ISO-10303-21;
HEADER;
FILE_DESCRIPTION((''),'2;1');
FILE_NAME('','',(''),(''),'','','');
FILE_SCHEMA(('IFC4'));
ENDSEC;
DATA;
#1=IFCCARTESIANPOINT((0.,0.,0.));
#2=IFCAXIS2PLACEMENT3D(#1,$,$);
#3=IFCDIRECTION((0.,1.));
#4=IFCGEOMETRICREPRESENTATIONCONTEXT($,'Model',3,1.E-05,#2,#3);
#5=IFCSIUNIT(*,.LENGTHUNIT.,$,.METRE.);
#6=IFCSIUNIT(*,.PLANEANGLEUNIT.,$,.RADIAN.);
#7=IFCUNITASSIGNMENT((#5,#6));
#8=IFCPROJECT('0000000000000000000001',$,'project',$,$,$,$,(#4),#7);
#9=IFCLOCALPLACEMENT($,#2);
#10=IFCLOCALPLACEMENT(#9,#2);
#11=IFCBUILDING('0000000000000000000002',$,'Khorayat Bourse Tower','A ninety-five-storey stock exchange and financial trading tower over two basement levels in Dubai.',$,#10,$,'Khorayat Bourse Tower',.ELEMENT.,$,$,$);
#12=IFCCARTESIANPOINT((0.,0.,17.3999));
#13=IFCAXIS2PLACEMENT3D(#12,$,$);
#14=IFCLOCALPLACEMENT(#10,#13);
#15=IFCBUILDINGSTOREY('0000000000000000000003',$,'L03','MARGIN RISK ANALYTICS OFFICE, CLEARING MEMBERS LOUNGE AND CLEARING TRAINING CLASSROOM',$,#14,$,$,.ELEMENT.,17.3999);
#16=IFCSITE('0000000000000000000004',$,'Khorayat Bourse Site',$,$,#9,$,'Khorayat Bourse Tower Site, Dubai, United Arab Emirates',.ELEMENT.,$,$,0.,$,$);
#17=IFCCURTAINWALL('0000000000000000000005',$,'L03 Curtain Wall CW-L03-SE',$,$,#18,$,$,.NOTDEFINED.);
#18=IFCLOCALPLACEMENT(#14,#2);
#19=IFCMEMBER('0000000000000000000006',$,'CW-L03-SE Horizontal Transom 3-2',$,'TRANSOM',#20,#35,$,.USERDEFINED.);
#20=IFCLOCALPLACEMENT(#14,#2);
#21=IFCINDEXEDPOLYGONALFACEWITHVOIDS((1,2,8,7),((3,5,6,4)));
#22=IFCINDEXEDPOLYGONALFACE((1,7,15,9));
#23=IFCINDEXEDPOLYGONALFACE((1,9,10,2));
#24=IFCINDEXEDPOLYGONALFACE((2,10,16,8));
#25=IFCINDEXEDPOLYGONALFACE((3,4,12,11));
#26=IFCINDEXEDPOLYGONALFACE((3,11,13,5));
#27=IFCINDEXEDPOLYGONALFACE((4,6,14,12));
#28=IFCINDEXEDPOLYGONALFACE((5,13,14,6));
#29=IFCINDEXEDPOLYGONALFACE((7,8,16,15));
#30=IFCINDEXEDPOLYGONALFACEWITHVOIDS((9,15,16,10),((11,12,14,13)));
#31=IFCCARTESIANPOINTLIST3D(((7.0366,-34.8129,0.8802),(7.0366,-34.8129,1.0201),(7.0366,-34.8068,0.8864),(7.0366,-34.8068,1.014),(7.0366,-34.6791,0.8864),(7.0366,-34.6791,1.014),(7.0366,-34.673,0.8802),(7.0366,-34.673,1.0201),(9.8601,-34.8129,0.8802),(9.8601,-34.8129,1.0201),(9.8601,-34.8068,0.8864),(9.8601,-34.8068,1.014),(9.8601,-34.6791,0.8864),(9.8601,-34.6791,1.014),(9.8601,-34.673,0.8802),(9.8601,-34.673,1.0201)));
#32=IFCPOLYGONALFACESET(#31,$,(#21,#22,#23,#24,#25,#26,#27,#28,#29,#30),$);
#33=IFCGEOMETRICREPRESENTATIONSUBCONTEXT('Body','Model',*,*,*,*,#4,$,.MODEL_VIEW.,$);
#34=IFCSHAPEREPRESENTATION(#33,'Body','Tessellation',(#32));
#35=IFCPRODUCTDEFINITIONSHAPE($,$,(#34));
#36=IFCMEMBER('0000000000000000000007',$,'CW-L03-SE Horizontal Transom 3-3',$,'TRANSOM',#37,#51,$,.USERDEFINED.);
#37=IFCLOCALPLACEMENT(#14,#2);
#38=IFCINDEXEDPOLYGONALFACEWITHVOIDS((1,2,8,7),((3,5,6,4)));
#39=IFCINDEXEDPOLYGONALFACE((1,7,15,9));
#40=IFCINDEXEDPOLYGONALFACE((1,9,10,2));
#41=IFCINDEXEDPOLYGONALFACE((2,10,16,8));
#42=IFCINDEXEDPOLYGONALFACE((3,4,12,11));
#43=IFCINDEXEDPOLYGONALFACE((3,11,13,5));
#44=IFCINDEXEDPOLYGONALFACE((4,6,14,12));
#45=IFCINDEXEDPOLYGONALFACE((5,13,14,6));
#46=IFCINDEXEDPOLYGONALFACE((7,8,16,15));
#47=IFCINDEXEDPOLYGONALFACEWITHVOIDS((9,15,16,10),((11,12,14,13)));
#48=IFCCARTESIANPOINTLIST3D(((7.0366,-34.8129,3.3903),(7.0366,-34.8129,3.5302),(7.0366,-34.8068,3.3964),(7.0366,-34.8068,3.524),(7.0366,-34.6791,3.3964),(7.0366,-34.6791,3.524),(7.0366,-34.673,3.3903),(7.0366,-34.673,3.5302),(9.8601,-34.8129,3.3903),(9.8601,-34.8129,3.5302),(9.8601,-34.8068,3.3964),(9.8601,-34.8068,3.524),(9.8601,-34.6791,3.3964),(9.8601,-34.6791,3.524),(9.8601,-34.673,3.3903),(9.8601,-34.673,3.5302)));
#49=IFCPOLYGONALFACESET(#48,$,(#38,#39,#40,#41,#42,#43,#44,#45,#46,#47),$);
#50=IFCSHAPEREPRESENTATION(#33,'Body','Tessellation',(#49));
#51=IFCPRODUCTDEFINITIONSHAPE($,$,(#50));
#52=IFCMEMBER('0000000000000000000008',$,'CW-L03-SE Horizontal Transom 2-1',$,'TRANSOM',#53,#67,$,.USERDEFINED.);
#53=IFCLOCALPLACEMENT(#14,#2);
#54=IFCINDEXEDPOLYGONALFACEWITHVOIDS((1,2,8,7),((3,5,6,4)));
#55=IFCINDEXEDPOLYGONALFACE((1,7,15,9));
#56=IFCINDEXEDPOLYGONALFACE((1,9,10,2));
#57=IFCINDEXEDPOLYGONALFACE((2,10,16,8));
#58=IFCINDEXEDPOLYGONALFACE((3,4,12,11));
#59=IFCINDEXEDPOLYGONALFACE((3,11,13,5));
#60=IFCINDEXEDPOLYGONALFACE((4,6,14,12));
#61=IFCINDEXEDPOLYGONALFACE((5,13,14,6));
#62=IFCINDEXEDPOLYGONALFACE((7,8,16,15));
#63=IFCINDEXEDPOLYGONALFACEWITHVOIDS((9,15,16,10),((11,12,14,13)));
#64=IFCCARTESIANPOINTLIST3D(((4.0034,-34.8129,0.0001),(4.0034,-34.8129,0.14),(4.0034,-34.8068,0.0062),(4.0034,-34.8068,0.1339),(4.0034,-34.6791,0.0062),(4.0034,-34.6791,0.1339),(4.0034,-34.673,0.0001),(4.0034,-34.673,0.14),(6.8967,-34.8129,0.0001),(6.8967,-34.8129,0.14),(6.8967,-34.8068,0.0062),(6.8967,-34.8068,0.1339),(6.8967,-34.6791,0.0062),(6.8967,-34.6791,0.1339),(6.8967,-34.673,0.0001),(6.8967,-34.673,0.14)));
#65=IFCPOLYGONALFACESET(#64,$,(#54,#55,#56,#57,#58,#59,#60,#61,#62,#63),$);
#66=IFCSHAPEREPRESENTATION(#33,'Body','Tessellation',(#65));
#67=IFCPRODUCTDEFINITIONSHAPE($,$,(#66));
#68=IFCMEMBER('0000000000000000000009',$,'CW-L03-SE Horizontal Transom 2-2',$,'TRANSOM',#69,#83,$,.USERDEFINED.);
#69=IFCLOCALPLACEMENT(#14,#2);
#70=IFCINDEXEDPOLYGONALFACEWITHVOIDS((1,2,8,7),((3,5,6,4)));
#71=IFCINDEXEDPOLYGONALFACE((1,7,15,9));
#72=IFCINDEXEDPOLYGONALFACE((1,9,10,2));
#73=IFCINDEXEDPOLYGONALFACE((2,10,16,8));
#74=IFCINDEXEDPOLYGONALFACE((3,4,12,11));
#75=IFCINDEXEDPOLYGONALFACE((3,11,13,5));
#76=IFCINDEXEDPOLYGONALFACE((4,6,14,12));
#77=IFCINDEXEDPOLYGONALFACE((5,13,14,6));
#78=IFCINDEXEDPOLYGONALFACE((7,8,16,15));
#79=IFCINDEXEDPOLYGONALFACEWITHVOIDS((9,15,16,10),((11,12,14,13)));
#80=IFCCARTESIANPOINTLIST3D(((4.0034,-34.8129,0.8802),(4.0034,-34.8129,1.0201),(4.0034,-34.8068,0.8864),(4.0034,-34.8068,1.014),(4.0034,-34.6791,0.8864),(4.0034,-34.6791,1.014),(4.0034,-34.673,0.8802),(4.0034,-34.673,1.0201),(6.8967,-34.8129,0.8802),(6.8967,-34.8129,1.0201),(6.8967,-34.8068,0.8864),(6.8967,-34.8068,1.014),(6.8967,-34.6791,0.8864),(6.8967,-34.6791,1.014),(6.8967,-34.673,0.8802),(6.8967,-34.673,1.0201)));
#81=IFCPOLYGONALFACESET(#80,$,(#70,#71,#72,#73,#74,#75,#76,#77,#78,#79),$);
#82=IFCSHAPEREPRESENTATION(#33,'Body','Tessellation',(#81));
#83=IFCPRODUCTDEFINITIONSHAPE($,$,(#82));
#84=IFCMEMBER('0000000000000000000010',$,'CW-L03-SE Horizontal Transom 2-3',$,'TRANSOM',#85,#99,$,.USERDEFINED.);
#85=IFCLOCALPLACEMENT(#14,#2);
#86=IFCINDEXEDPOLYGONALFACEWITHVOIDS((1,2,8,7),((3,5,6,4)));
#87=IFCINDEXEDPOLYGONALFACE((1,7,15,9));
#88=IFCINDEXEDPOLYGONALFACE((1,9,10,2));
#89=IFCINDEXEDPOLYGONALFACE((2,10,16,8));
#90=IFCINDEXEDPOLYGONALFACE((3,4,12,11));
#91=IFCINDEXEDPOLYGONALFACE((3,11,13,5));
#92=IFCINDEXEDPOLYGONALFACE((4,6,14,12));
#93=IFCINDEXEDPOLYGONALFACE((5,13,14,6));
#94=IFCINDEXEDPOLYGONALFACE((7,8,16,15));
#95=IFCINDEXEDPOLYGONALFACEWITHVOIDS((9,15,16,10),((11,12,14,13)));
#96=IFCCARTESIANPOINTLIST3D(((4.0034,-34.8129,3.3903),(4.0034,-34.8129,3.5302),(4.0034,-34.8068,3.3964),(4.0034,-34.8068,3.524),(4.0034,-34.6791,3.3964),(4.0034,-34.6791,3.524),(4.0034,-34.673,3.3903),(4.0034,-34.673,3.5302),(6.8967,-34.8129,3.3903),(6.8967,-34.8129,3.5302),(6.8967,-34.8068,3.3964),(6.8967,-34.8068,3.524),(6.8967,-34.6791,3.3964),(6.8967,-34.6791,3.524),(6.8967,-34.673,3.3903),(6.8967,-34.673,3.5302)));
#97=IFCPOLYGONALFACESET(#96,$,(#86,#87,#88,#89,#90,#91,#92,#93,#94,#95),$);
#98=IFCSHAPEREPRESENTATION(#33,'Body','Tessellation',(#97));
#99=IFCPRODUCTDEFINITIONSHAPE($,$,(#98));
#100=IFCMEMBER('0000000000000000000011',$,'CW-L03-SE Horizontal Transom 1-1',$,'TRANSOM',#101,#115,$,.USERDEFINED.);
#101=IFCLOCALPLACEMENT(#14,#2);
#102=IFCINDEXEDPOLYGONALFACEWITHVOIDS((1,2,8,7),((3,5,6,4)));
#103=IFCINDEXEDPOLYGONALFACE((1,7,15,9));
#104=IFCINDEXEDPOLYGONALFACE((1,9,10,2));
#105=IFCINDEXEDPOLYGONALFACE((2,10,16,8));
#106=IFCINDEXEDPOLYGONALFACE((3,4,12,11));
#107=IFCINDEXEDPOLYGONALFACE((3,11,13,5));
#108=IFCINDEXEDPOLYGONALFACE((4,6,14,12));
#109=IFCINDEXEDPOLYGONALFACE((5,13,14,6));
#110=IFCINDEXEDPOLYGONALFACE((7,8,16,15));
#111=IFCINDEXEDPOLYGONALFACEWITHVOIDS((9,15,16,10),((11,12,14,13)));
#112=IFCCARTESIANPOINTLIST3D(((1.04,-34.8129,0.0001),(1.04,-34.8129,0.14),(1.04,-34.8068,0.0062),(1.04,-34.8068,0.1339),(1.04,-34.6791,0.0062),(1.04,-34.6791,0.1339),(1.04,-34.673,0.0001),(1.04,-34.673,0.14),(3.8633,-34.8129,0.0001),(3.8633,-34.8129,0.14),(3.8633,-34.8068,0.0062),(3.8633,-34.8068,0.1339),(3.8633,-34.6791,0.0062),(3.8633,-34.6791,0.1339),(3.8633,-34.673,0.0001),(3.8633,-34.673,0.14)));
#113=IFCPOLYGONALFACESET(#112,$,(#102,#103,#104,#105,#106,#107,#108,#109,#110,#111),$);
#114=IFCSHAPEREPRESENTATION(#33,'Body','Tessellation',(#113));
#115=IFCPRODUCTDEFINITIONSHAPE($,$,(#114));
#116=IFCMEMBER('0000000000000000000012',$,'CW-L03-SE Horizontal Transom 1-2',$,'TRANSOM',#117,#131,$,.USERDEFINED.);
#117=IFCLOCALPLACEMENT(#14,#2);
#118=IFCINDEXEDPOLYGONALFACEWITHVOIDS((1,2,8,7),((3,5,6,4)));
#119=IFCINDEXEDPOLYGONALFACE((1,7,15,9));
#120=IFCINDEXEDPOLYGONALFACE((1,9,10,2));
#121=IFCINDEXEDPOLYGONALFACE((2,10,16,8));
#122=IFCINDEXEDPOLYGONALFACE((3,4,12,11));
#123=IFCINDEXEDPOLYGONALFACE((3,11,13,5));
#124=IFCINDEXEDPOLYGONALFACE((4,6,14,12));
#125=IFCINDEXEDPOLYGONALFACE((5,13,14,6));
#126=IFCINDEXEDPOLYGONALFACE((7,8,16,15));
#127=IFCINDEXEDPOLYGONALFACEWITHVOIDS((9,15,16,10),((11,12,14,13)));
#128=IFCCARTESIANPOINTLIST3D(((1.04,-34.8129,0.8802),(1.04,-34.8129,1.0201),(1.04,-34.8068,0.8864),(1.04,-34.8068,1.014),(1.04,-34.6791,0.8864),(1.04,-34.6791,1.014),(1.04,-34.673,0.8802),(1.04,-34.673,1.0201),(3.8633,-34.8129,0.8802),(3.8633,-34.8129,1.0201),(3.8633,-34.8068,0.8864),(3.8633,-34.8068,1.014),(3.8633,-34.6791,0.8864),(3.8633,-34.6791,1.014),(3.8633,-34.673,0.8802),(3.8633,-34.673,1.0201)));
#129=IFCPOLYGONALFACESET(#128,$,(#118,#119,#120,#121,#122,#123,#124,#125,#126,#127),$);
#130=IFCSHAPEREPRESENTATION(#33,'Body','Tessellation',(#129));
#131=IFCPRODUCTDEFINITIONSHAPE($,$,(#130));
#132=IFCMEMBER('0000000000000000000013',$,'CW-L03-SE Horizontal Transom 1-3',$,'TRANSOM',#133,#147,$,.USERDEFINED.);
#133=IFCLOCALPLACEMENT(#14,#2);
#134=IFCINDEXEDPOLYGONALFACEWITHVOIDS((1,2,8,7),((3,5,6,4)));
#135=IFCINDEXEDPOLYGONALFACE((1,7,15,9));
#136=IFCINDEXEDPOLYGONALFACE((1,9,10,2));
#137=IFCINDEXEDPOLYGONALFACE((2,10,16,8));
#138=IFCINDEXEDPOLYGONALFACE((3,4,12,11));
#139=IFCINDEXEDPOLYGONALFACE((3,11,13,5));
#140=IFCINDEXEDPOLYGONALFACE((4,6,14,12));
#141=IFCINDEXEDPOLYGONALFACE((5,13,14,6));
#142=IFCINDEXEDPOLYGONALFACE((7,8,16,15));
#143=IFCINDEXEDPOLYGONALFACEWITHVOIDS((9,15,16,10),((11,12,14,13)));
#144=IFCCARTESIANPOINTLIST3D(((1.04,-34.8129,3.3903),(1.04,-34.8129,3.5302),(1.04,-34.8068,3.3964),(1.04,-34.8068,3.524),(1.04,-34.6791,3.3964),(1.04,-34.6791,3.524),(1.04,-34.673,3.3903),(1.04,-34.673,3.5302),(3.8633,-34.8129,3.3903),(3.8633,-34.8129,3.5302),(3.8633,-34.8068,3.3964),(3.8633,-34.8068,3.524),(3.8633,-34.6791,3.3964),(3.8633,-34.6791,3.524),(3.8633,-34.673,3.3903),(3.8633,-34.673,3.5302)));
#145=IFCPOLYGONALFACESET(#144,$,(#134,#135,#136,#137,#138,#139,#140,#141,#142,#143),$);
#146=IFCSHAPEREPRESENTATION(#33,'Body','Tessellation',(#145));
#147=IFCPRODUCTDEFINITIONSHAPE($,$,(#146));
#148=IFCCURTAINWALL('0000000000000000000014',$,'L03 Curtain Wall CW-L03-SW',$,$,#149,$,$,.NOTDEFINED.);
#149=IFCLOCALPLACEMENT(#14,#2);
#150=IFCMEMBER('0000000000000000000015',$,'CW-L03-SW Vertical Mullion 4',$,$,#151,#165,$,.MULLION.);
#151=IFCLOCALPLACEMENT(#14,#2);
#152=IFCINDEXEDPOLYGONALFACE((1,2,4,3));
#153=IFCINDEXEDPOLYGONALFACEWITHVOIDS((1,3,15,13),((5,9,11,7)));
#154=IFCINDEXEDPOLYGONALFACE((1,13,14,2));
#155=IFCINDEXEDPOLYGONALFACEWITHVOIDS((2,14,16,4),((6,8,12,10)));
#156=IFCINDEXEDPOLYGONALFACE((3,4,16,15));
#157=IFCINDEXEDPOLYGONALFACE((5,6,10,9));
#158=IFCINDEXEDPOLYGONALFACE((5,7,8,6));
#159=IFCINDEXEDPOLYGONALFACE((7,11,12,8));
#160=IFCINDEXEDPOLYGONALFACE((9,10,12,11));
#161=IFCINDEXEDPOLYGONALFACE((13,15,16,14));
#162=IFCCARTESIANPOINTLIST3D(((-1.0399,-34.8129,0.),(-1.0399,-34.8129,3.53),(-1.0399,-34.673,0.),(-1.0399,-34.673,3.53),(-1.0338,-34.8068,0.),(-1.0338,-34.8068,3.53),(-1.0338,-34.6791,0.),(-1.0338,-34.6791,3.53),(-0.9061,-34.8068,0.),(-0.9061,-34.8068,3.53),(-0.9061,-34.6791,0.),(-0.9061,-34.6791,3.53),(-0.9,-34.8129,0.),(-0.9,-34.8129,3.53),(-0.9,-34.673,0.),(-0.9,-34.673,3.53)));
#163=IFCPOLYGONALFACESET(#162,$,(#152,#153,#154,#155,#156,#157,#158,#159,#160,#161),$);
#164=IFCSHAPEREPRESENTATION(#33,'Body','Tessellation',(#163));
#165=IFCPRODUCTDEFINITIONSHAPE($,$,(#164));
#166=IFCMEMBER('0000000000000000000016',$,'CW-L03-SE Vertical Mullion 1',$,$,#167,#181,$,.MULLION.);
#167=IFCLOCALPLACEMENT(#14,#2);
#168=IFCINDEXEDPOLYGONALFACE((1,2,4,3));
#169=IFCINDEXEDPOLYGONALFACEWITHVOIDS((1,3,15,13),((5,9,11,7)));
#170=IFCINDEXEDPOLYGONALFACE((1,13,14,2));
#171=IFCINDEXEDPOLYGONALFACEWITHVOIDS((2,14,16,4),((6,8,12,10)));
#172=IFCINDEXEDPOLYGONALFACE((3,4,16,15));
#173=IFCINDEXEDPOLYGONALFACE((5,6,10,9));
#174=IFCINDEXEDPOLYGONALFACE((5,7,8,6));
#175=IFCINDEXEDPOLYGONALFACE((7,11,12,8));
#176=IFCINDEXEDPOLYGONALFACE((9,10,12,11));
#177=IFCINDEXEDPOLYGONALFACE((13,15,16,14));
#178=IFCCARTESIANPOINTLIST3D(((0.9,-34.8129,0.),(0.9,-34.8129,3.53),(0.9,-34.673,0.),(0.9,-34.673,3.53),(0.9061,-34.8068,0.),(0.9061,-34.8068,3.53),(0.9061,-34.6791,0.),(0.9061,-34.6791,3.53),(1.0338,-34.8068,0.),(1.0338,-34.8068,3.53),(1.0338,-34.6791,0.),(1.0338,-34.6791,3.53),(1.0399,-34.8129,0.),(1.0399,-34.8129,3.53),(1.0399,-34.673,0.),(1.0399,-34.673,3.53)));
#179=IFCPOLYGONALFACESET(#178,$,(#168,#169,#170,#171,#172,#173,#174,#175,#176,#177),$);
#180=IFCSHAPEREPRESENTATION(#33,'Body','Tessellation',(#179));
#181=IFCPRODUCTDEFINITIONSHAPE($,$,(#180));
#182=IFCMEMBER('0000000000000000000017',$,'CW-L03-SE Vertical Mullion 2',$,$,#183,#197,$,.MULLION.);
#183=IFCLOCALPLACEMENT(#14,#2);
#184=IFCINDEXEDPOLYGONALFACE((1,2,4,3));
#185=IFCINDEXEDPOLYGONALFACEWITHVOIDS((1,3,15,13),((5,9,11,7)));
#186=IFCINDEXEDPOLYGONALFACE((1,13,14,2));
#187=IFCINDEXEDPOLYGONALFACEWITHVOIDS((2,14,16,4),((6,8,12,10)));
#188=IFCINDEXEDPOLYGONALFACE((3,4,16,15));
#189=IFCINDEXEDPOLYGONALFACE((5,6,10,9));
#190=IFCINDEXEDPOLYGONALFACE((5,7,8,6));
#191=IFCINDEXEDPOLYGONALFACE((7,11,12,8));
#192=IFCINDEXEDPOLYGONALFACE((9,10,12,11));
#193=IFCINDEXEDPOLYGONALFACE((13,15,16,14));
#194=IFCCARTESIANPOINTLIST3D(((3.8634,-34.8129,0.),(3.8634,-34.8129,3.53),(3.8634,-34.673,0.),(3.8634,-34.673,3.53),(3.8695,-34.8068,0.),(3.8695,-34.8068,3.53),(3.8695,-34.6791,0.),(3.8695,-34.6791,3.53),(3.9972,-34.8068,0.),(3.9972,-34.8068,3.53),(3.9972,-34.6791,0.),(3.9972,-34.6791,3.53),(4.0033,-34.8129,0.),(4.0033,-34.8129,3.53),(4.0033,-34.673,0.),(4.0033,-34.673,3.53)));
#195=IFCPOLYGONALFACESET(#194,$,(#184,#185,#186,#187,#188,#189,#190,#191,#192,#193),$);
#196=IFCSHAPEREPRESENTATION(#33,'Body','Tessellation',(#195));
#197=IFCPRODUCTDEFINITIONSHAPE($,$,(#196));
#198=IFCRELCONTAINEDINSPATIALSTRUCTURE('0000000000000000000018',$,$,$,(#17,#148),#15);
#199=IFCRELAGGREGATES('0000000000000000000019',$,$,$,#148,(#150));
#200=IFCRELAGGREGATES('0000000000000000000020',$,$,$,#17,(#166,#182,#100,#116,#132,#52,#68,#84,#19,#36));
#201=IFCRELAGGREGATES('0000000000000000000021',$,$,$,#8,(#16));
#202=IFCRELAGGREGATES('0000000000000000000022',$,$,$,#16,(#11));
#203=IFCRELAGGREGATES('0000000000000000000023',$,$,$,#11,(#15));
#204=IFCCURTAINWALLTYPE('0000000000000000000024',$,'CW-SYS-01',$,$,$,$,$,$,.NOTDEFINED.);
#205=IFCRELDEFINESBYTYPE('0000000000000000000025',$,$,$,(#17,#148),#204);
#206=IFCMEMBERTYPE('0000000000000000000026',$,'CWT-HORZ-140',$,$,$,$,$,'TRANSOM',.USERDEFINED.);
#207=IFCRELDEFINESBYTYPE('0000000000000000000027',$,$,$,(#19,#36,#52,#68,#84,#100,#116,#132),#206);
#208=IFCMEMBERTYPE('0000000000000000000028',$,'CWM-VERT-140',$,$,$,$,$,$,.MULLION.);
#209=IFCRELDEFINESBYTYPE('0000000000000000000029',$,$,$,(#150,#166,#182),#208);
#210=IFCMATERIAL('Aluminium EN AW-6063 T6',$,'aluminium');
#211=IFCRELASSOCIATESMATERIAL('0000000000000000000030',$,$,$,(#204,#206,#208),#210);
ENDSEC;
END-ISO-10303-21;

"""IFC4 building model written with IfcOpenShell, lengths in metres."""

from ifc_helpers import new_model, si_unit, direction, frame, origin, origin_2d, place, context, subcontext, project, spatial, hollow_rectangle, extrude, source, transform, mapped, material, material_profile, profile_set, type_object, element, aggregate, save


model = new_model("IFC4")

# Units and contexts
model_context = context("Model", 3, precision=1e-05, world=origin(), true_north=direction((0.0, 1.0)))
body_context = subcontext(model_context, "Body", "Model", "MODEL_VIEW")
ifc_project = project(units=[si_unit("LENGTHUNIT", "METRE"), si_unit("PLANEANGLEUNIT", "RADIAN")], contexts=[model_context])

# Site, building, storey
site_placement = place(None, origin())
site = spatial("IfcSite", under=ifc_project, at=site_placement, Name="Khorayat Bourse Site", LongName="Khorayat Bourse Tower Site, Dubai, United Arab Emirates", CompositionType="ELEMENT", RefElevation=0.0)
building_placement = place(site_placement, origin())
building = spatial("IfcBuilding", under=site, at=building_placement, Name="Khorayat Bourse Tower", Description="A ninety-five-storey stock exchange and financial trading tower over two basement levels in Dubai.", LongName="Khorayat Bourse Tower", CompositionType="ELEMENT")
storey_placement = place(building_placement, frame((0.0, 0.0, 17.3999)))
storey = spatial("IfcBuildingStorey", under=building, at=storey_placement, Name="L03", Description="MARGIN RISK ANALYTICS OFFICE, CLEARING MEMBERS LOUNGE AND CLEARING TRAINING CLASSROOM", CompositionType="ELEMENT", Elevation=17.3999)

# Curtain wall, members
ifc_material_1 = material(Name="Aluminium EN AW-6063 T6", Category="aluminium")
curtain_wall_type = type_object("IfcCurtainWallType", Name="CW-SYS-01", PredefinedType="NOTDEFINED", material=ifc_material_1)
curtain_wall_1_placement = place(storey_placement, origin())
curtain_wall_1 = element("IfcCurtainWall", 1, at=curtain_wall_1_placement, inside=storey, type_object=curtain_wall_type, Name="L03 Curtain Wall CW-L03-SE", PredefinedType="NOTDEFINED")
ifc_material_profile_1 = material_profile(ifc_material_1, hollow_rectangle(XDim=0.1399, YDim=0.1399, WallThickness=0.0061, at=origin_2d()), Name="ALU 140x140x6")
ifc_profile_set_1 = profile_set([ifc_material_profile_1], Name="Aluminium EN AW-6063 T6")
member_type_1 = type_object("IfcMemberType", Name="CWT-HORZ-140", ElementType="TRANSOM", PredefinedType="USERDEFINED", material=ifc_profile_set_1)
shared_shape_1 = source(origin(), body_context, "Body", "SweptSolid", [
    extrude(hollow_rectangle(XDim=0.1399, YDim=0.1399, WallThickness=0.0061, at=origin_2d()), origin(), (0.0, 0.0, 1.0), 2.8235),
])
member_1_placement = place(storey_placement, frame((7.0366, -34.7429, 0.9502), z_axis=(1.0, 0.0, 0.0), x_axis=(0.0, 1.0, 0.0)))
member_1 = element("IfcMember", 2, at=member_1_placement, type_object=member_type_1, Name="CW-L03-SE Horizontal Transom 3-2", ObjectType="TRANSOM", PredefinedType="USERDEFINED", context=body_context, shape_type="MappedRepresentation", body=[
    mapped(shared_shape_1, transform((0.0, 0.0, 0.0), scale=1.0)),
])
member_2_placement = place(storey_placement, frame((7.0366, -34.7429, 3.4602), z_axis=(1.0, 0.0, 0.0), x_axis=(0.0, 1.0, 0.0)))
member_2 = element("IfcMember", 3, at=member_2_placement, type_object=member_type_1, Name="CW-L03-SE Horizontal Transom 3-3", ObjectType="TRANSOM", PredefinedType="USERDEFINED", context=body_context, shape_type="MappedRepresentation", body=[
    mapped(shared_shape_1, transform((0.0, 0.0, 0.0), scale=1.0)),
])
shared_shape_2 = source(origin(), body_context, "Body", "SweptSolid", [
    extrude(hollow_rectangle(XDim=0.1399, YDim=0.1399, WallThickness=0.0061, at=origin_2d()), origin(), (0.0, 0.0, 1.0), 2.8933),
])
member_3_placement = place(storey_placement, frame((4.0034, -34.7429, 0.0701), z_axis=(1.0, 0.0, 0.0), x_axis=(0.0, 1.0, 0.0)))
member_3 = element("IfcMember", 4, at=member_3_placement, type_object=member_type_1, Name="CW-L03-SE Horizontal Transom 2-1", ObjectType="TRANSOM", PredefinedType="USERDEFINED", context=body_context, shape_type="MappedRepresentation", body=[
    mapped(shared_shape_2, transform((0.0, 0.0, 0.0), scale=1.0)),
])
member_4_placement = place(storey_placement, frame((4.0034, -34.7429, 0.9502), z_axis=(1.0, 0.0, 0.0), x_axis=(0.0, 1.0, 0.0)))
member_4 = element("IfcMember", 5, at=member_4_placement, type_object=member_type_1, Name="CW-L03-SE Horizontal Transom 2-2", ObjectType="TRANSOM", PredefinedType="USERDEFINED", context=body_context, shape_type="MappedRepresentation", body=[
    mapped(shared_shape_2, transform((0.0, 0.0, 0.0), scale=1.0)),
])
member_5_placement = place(storey_placement, frame((4.0034, -34.7429, 3.4602), z_axis=(1.0, 0.0, 0.0), x_axis=(0.0, 1.0, 0.0)))
member_5 = element("IfcMember", 6, at=member_5_placement, type_object=member_type_1, Name="CW-L03-SE Horizontal Transom 2-3", ObjectType="TRANSOM", PredefinedType="USERDEFINED", context=body_context, shape_type="MappedRepresentation", body=[
    mapped(shared_shape_2, transform((0.0, 0.0, 0.0), scale=1.0)),
])
shared_shape_3 = source(origin(), body_context, "Body", "SweptSolid", [
    extrude(hollow_rectangle(XDim=0.1399, YDim=0.1399, WallThickness=0.0061, at=origin_2d()), origin(), (0.0, 0.0, 1.0), 2.8232),
])
member_6_placement = place(storey_placement, frame((1.04, -34.7429, 0.0701), z_axis=(1.0, 0.0, 0.0), x_axis=(0.0, 1.0, 0.0)))
member_6 = element("IfcMember", 7, at=member_6_placement, type_object=member_type_1, Name="CW-L03-SE Horizontal Transom 1-1", ObjectType="TRANSOM", PredefinedType="USERDEFINED", context=body_context, shape_type="MappedRepresentation", body=[
    mapped(shared_shape_3, transform((0.0, 0.0, 0.0), scale=1.0)),
])
member_7_placement = place(storey_placement, frame((1.04, -34.7429, 0.9502), z_axis=(1.0, 0.0, 0.0), x_axis=(0.0, 1.0, 0.0)))
member_7 = element("IfcMember", 8, at=member_7_placement, type_object=member_type_1, Name="CW-L03-SE Horizontal Transom 1-2", ObjectType="TRANSOM", PredefinedType="USERDEFINED", context=body_context, shape_type="MappedRepresentation", body=[
    mapped(shared_shape_3, transform((0.0, 0.0, 0.0), scale=1.0)),
])
member_8_placement = place(storey_placement, frame((1.04, -34.7429, 3.4602), z_axis=(1.0, 0.0, 0.0), x_axis=(0.0, 1.0, 0.0)))
member_8 = element("IfcMember", 9, at=member_8_placement, type_object=member_type_1, Name="CW-L03-SE Horizontal Transom 1-3", ObjectType="TRANSOM", PredefinedType="USERDEFINED", context=body_context, shape_type="MappedRepresentation", body=[
    mapped(shared_shape_3, transform((0.0, 0.0, 0.0), scale=1.0)),
])

# Curtain wall, member
curtain_wall_2_placement = place(storey_placement, origin())
curtain_wall_2 = element("IfcCurtainWall", 10, at=curtain_wall_2_placement, inside=storey, type_object=curtain_wall_type, Name="L03 Curtain Wall CW-L03-SW", PredefinedType="NOTDEFINED")
ifc_material_profile_2 = material_profile(ifc_material_1, hollow_rectangle(XDim=0.1399, YDim=0.1399, WallThickness=0.0061, at=origin_2d()), Name="ALU 140x140x6")
ifc_profile_set_2 = profile_set([ifc_material_profile_2], Name="Aluminium EN AW-6063 T6")
member_type_2 = type_object("IfcMemberType", Name="CWM-VERT-140", PredefinedType="MULLION", material=ifc_profile_set_2)
shared_shape_4 = source(origin(), body_context, "Body", "SweptSolid", [
    extrude(hollow_rectangle(XDim=0.1399, YDim=0.1399, WallThickness=0.0061, at=origin_2d()), origin(), (0.0, 0.0, 1.0), 3.53),
])
member_9_placement = place(storey_placement, frame((-0.97, -34.7429, 0.0), z_axis=(0.0, 0.0, 1.0), x_axis=(0.0, 1.0, 0.0)))
member_9 = element("IfcMember", 11, at=member_9_placement, type_object=member_type_2, Name="CW-L03-SW Vertical Mullion 4", PredefinedType="MULLION", context=body_context, shape_type="MappedRepresentation", body=[
    mapped(shared_shape_4, transform((0.0, 0.0, 0.0), scale=1.0)),
])
aggregate(curtain_wall_2, [member_9])

# Members
member_10_placement = place(storey_placement, frame((0.97, -34.7429, 0.0), z_axis=(0.0, 0.0, 1.0), x_axis=(0.0, 1.0, 0.0)))
member_10 = element("IfcMember", 12, at=member_10_placement, type_object=member_type_2, Name="CW-L03-SE Vertical Mullion 1", PredefinedType="MULLION", context=body_context, shape_type="MappedRepresentation", body=[
    mapped(shared_shape_4, transform((0.0, 0.0, 0.0), scale=1.0)),
])
member_11_placement = place(storey_placement, frame((3.9333, -34.7429, 0.0), z_axis=(0.0, 0.0, 1.0), x_axis=(0.0, 1.0, 0.0)))
member_11 = element("IfcMember", 13, at=member_11_placement, type_object=member_type_2, Name="CW-L03-SE Vertical Mullion 2", PredefinedType="MULLION", context=body_context, shape_type="MappedRepresentation", body=[
    mapped(shared_shape_4, transform((0.0, 0.0, 0.0), scale=1.0)),
])

aggregate(curtain_wall_1, [member_10, member_11, member_6, member_7, member_8, member_3, member_4, member_5, member_1, member_2])

save(model, "model.ifc")
